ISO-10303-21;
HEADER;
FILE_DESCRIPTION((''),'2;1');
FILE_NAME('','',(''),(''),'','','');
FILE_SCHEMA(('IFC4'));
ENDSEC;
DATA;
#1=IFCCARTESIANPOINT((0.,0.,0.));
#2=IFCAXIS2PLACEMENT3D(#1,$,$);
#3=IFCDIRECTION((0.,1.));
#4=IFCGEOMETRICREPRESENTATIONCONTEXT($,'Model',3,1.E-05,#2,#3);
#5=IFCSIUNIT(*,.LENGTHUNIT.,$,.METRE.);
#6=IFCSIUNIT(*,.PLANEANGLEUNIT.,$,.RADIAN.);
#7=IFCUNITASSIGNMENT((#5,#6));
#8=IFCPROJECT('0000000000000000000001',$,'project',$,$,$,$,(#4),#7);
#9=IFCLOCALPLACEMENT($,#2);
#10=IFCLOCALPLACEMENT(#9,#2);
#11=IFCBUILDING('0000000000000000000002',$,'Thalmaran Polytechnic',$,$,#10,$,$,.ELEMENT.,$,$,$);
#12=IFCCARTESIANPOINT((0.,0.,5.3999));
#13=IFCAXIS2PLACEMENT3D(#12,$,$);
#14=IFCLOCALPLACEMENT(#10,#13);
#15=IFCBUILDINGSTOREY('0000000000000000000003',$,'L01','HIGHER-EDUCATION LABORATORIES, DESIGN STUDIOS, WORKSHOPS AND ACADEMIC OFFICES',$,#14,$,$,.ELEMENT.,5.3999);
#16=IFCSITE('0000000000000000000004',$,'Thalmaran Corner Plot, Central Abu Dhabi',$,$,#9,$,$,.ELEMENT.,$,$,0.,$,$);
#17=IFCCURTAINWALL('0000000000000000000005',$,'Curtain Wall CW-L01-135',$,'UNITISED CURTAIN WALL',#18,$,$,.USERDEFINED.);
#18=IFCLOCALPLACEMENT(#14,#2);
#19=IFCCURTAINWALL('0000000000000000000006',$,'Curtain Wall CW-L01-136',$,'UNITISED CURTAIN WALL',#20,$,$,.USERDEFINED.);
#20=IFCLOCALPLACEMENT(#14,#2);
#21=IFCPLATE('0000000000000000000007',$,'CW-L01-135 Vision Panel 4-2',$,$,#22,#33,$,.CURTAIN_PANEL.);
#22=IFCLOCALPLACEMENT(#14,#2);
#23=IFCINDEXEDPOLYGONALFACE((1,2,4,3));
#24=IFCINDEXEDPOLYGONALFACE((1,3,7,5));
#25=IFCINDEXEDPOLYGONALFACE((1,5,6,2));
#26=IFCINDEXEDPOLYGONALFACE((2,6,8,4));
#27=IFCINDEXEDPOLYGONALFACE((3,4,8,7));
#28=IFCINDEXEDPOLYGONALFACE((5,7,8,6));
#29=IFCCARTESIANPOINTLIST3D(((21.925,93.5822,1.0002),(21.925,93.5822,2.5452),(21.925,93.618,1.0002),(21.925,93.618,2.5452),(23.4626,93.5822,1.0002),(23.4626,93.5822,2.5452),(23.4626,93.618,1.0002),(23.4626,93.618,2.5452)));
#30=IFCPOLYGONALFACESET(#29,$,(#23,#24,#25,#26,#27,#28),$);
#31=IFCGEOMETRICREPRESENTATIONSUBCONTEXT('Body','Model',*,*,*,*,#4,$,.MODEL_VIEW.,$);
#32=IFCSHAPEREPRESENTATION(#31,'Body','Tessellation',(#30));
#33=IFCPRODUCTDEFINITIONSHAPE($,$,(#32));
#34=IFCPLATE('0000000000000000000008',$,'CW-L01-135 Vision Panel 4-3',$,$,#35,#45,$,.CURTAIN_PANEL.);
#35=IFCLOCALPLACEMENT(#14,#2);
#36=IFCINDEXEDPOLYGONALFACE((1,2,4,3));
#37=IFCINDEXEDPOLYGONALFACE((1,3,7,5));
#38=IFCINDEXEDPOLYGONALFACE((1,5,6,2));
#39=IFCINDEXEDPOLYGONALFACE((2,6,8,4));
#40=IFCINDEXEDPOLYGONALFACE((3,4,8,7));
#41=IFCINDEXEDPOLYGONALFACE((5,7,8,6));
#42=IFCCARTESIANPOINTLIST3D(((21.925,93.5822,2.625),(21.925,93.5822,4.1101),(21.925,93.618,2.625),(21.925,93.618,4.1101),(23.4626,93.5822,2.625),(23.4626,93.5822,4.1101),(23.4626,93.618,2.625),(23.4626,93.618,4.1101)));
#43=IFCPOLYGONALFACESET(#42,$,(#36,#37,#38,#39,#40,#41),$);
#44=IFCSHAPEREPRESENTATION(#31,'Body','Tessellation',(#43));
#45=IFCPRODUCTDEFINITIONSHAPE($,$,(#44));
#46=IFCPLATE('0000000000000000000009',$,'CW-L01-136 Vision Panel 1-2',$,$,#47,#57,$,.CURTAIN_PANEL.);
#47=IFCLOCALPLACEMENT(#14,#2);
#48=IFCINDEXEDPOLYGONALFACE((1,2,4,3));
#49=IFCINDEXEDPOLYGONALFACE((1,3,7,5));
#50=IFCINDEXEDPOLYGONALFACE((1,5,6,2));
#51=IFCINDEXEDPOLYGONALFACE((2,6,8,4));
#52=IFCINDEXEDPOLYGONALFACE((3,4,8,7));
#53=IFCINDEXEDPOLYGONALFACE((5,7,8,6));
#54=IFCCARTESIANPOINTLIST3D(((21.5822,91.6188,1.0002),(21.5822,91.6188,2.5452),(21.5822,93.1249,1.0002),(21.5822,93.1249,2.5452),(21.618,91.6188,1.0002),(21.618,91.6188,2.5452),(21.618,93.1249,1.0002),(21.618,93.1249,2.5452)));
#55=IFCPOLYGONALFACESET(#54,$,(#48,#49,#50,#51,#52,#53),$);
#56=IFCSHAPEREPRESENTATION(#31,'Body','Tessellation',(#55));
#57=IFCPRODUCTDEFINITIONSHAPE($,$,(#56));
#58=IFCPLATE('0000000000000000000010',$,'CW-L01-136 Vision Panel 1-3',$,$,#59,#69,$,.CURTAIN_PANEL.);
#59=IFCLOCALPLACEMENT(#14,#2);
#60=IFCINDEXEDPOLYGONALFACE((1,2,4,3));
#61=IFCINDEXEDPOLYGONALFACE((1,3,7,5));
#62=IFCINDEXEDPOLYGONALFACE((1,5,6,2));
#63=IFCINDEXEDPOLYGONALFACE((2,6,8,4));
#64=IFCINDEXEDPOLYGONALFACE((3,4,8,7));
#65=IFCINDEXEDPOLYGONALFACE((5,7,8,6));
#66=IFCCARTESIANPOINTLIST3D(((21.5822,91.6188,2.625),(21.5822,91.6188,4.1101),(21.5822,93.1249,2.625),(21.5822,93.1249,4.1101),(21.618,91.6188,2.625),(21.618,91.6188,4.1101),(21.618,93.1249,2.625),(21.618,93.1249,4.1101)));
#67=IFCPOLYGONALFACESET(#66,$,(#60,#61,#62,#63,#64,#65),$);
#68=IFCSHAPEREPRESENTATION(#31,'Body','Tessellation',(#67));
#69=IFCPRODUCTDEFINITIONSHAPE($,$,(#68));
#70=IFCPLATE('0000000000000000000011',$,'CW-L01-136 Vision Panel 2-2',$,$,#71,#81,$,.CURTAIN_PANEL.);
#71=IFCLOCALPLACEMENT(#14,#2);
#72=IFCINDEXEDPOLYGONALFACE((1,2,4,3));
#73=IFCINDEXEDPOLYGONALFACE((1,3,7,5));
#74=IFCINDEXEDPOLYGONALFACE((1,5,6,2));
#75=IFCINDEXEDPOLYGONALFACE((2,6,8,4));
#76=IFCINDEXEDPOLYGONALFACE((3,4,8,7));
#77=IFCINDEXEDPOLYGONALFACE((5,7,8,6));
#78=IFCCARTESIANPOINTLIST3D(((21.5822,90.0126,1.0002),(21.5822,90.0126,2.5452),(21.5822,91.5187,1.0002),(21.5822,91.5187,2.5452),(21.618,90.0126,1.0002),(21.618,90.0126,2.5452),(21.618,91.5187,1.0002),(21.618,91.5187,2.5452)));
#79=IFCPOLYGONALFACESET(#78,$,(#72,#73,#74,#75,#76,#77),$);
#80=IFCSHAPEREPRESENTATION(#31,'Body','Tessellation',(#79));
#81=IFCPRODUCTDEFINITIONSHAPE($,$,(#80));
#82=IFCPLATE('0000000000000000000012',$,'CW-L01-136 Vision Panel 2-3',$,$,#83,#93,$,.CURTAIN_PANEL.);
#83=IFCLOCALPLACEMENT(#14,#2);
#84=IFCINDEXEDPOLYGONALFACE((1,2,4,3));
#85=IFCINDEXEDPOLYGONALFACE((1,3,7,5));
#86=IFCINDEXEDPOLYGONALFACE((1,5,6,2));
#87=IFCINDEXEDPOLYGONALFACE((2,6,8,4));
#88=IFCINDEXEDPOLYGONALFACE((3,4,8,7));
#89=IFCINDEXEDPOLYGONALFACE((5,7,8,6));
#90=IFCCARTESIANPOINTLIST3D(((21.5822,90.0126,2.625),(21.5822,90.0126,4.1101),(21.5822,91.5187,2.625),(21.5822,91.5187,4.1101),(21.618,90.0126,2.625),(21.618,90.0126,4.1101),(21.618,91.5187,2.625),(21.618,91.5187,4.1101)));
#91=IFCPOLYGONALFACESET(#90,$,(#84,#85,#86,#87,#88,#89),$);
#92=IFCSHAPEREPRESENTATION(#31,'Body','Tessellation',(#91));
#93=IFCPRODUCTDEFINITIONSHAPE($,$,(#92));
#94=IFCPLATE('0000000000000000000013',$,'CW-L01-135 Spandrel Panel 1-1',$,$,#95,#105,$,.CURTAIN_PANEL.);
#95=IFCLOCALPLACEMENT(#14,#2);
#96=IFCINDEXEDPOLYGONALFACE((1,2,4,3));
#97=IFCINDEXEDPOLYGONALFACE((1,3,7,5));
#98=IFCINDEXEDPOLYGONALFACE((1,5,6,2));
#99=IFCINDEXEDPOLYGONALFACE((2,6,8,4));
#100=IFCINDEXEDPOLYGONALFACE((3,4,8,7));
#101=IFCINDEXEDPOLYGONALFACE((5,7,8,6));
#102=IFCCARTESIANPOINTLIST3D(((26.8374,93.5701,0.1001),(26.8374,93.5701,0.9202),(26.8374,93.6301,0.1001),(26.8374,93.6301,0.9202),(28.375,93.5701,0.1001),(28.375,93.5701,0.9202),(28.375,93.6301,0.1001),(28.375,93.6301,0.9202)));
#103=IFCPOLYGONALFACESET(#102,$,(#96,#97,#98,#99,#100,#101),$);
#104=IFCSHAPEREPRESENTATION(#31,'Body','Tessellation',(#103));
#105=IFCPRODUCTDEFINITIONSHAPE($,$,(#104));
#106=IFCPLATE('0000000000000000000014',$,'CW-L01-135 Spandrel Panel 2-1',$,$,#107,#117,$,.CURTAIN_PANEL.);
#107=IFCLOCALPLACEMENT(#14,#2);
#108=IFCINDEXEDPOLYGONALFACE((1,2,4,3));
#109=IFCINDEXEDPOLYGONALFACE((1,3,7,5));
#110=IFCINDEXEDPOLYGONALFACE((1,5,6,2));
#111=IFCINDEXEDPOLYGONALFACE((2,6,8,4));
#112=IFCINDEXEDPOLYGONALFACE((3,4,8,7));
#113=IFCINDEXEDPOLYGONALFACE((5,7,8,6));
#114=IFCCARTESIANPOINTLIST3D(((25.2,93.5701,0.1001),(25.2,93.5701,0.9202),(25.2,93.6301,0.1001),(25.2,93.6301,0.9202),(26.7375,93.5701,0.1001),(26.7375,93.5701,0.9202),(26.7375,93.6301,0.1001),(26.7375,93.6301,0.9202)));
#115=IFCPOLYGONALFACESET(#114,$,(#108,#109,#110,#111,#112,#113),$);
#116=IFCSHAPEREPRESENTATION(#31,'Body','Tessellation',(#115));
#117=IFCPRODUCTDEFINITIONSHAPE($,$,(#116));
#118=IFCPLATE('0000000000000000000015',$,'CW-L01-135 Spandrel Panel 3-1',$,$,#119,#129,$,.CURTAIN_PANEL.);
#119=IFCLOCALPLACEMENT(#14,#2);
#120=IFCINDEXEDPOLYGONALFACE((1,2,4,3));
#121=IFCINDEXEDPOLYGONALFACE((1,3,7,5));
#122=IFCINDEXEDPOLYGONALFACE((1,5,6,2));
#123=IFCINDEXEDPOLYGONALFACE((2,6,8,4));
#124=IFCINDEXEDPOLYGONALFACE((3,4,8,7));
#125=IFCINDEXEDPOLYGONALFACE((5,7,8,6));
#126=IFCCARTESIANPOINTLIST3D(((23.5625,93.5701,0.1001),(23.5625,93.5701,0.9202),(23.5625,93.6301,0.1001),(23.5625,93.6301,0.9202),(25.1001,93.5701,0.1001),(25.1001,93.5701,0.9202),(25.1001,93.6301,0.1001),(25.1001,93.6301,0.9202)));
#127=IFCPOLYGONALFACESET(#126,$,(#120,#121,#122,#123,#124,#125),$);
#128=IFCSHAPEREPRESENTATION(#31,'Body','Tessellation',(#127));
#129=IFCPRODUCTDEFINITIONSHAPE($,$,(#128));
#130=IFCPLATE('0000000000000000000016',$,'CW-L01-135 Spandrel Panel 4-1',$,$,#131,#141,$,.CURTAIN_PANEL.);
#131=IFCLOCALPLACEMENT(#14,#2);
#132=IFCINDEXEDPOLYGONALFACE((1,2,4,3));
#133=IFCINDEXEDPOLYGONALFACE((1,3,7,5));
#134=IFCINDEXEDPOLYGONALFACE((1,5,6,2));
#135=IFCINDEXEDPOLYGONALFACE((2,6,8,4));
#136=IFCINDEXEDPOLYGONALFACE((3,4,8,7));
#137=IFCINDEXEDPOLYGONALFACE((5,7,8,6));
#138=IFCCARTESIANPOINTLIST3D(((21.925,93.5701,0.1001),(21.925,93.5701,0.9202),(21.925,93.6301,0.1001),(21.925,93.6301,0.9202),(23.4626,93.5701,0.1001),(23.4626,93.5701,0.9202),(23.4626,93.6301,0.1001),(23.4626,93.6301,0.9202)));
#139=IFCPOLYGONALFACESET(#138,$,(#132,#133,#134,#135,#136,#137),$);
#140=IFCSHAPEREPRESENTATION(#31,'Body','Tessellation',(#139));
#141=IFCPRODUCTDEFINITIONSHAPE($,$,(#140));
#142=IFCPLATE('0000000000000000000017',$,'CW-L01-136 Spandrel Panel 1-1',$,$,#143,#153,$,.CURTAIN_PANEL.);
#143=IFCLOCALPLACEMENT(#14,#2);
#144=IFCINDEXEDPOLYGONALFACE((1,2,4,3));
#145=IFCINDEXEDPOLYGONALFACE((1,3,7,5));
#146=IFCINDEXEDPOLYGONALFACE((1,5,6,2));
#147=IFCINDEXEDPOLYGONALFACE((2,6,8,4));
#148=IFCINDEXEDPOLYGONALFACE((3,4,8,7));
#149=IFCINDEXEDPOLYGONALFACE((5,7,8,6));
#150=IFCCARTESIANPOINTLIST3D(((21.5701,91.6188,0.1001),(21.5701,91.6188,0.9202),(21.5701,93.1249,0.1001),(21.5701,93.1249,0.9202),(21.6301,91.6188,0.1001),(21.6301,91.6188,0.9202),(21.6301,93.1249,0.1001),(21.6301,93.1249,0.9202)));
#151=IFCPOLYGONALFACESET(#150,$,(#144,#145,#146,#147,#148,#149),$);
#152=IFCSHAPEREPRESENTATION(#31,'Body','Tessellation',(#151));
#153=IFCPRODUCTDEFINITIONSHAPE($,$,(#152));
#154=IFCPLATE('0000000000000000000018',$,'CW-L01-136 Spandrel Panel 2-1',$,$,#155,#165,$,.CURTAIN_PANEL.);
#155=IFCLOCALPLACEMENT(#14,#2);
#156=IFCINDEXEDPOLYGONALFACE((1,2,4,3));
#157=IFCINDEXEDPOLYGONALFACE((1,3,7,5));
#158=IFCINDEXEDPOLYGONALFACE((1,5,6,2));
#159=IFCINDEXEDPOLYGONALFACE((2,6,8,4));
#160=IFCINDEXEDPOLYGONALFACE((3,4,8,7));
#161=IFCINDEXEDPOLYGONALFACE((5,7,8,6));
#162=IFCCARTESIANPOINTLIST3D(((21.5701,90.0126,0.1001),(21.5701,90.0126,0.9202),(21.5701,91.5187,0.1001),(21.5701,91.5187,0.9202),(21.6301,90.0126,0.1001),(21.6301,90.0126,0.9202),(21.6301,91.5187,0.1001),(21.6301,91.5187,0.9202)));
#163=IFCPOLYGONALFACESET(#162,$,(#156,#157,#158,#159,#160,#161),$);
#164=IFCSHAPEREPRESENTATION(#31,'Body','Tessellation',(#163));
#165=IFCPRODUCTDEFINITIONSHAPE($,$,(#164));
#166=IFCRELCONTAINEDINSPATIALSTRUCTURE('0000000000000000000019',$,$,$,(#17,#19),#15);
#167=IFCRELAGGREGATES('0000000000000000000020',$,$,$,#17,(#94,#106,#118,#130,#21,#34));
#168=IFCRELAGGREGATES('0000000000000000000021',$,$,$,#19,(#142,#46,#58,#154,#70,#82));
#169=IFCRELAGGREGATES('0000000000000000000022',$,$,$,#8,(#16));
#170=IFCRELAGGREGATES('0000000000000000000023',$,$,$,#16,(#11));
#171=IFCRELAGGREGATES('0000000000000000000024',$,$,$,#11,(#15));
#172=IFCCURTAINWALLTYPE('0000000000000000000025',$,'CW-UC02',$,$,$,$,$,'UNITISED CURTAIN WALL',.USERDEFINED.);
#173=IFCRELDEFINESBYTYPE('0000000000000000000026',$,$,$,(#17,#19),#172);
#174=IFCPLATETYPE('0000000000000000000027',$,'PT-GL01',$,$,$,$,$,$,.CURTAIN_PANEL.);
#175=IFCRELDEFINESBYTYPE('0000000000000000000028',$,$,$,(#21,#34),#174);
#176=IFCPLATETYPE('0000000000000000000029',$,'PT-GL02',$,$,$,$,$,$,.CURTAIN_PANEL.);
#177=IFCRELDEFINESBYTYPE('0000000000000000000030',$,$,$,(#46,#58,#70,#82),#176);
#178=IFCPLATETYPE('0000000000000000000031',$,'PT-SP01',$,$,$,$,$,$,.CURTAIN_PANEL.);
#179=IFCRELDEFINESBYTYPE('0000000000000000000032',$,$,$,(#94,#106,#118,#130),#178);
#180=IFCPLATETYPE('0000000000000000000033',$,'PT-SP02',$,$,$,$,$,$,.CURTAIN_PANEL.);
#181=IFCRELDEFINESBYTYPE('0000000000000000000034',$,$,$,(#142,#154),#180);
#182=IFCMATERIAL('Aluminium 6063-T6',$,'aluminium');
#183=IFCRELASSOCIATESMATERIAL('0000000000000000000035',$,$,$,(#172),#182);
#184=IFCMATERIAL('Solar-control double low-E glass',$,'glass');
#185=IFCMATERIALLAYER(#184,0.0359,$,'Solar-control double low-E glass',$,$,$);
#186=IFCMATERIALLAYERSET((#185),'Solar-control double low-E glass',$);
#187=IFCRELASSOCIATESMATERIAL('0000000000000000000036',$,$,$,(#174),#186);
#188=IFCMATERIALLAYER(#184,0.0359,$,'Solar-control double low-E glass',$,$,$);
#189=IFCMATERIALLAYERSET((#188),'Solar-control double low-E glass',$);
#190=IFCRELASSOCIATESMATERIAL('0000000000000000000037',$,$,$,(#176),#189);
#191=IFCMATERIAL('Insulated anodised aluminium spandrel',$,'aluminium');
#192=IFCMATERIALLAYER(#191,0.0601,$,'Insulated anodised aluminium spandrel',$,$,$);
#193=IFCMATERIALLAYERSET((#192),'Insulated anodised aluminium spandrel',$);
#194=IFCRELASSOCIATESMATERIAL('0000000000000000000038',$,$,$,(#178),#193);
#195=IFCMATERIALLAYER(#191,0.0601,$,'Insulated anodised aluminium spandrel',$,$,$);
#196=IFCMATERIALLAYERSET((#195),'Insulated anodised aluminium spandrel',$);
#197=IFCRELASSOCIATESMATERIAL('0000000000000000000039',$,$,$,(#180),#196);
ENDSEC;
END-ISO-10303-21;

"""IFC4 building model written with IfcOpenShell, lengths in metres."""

from ifc_helpers import new_model, si_unit, direction, frame, origin, origin_2d, place, context, subcontext, project, spatial, rectangle, extrude, material, layer, layer_set, type_object, element, aggregate, save


model = new_model("IFC4")

# Units and contexts
model_context = context("Model", 3, precision=1e-05, world=origin(), true_north=direction((0.0, 1.0)))
body_context = subcontext(model_context, "Body", "Model", "MODEL_VIEW")
ifc_project = project(units=[si_unit("LENGTHUNIT", "METRE"), si_unit("PLANEANGLEUNIT", "RADIAN")], contexts=[model_context])

# Site, building, storey
site_placement = place(None, origin())
site = spatial("IfcSite", under=ifc_project, at=site_placement, Name="Thalmaran Corner Plot, Central Abu Dhabi", CompositionType="ELEMENT", RefElevation=0.0)
building_placement = place(site_placement, origin())
building = spatial("IfcBuilding", under=site, at=building_placement, Name="Thalmaran Polytechnic", CompositionType="ELEMENT")
storey_placement = place(building_placement, frame((0.0, 0.0, 5.3999)))
storey = spatial("IfcBuildingStorey", under=building, at=storey_placement, Name="L01", Description="HIGHER-EDUCATION LABORATORIES, DESIGN STUDIOS, WORKSHOPS AND ACADEMIC OFFICES", CompositionType="ELEMENT", Elevation=5.3999)

# Curtain walls
ifc_material_1 = material(Name="Aluminium 6063-T6", Category="aluminium")
curtain_wall_type = type_object("IfcCurtainWallType", Name="CW-UC02", ElementType="UNITISED CURTAIN WALL", PredefinedType="USERDEFINED", material=ifc_material_1)
curtain_wall_1_placement = place(storey_placement, origin())
curtain_wall_1 = element("IfcCurtainWall", 1, at=curtain_wall_1_placement, inside=storey, type_object=curtain_wall_type, Name="Curtain Wall CW-L01-135", ObjectType="UNITISED CURTAIN WALL", PredefinedType="USERDEFINED")
curtain_wall_2_placement = place(storey_placement, origin())
curtain_wall_2 = element("IfcCurtainWall", 2, at=curtain_wall_2_placement, inside=storey, type_object=curtain_wall_type, Name="Curtain Wall CW-L01-136", ObjectType="UNITISED CURTAIN WALL", PredefinedType="USERDEFINED")

# Plates
ifc_material_2 = material(Name="Solar-control double low-E glass", Category="glass")
ifc_layer_1 = layer(ifc_material_2, 0.0359, Name="Solar-control double low-E glass")
ifc_layer_set_1 = layer_set([ifc_layer_1], Name="Solar-control double low-E glass")
plate_type_1 = type_object("IfcPlateType", Name="PT-GL01", PredefinedType="CURTAIN_PANEL", material=ifc_layer_set_1)
plate_1_placement = place(storey_placement, frame((22.6938, 93.6001, 1.0002), z_axis=(0.0, 0.0, 1.0), x_axis=(-1.0, 0.0, 0.0)))
plate_1 = element("IfcPlate", 3, at=plate_1_placement, type_object=plate_type_1, Name="CW-L01-135 Vision Panel 4-2", PredefinedType="CURTAIN_PANEL", context=body_context, shape_type="SweptSolid", body=[
    extrude(rectangle(XDim=1.5376, YDim=0.0359, at=origin_2d()), origin(), (0.0, 0.0, 1.0), 1.5449),
])
plate_2_placement = place(storey_placement, frame((22.6938, 93.6001, 2.625), z_axis=(0.0, 0.0, 1.0), x_axis=(-1.0, 0.0, 0.0)))
plate_2 = element("IfcPlate", 4, at=plate_2_placement, type_object=plate_type_1, Name="CW-L01-135 Vision Panel 4-3", PredefinedType="CURTAIN_PANEL", context=body_context, shape_type="SweptSolid", body=[
    extrude(rectangle(XDim=1.5376, YDim=0.0359, at=origin_2d()), origin(), (0.0, 0.0, 1.0), 1.4851),
])
ifc_layer_2 = layer(ifc_material_2, 0.0359, Name="Solar-control double low-E glass")
ifc_layer_set_2 = layer_set([ifc_layer_2], Name="Solar-control double low-E glass")
plate_type_2 = type_object("IfcPlateType", Name="PT-GL02", PredefinedType="CURTAIN_PANEL", material=ifc_layer_set_2)
plate_3_placement = place(storey_placement, frame((21.6001, 92.3718, 1.0002), z_axis=(0.0, 0.0, 1.0), x_axis=(0.0, -1.0, 0.0)))
plate_3 = element("IfcPlate", 5, at=plate_3_placement, type_object=plate_type_2, Name="CW-L01-136 Vision Panel 1-2", PredefinedType="CURTAIN_PANEL", context=body_context, shape_type="SweptSolid", body=[
    extrude(rectangle(XDim=1.5061, YDim=0.0359, at=origin_2d()), origin(), (0.0, 0.0, 1.0), 1.5449),
])
plate_4_placement = place(storey_placement, frame((21.6001, 92.3718, 2.625), z_axis=(0.0, 0.0, 1.0), x_axis=(0.0, -1.0, 0.0)))
plate_4 = element("IfcPlate", 6, at=plate_4_placement, type_object=plate_type_2, Name="CW-L01-136 Vision Panel 1-3", PredefinedType="CURTAIN_PANEL", context=body_context, shape_type="SweptSolid", body=[
    extrude(rectangle(XDim=1.5061, YDim=0.0359, at=origin_2d()), origin(), (0.0, 0.0, 1.0), 1.4851),
])
plate_5_placement = place(storey_placement, frame((21.6001, 90.7656, 1.0002), z_axis=(0.0, 0.0, 1.0), x_axis=(0.0, -1.0, 0.0)))
plate_5 = element("IfcPlate", 7, at=plate_5_placement, type_object=plate_type_2, Name="CW-L01-136 Vision Panel 2-2", PredefinedType="CURTAIN_PANEL", context=body_context, shape_type="SweptSolid", body=[
    extrude(rectangle(XDim=1.5061, YDim=0.0359, at=origin_2d()), origin(), (0.0, 0.0, 1.0), 1.5449),
])
plate_6_placement = place(storey_placement, frame((21.6001, 90.7656, 2.625), z_axis=(0.0, 0.0, 1.0), x_axis=(0.0, -1.0, 0.0)))
plate_6 = element("IfcPlate", 8, at=plate_6_placement, type_object=plate_type_2, Name="CW-L01-136 Vision Panel 2-3", PredefinedType="CURTAIN_PANEL", context=body_context, shape_type="SweptSolid", body=[
    extrude(rectangle(XDim=1.5061, YDim=0.0359, at=origin_2d()), origin(), (0.0, 0.0, 1.0), 1.4851),
])
ifc_material_3 = material(Name="Insulated anodised aluminium spandrel", Category="aluminium")
ifc_layer_3 = layer(ifc_material_3, 0.0601, Name="Insulated anodised aluminium spandrel")
ifc_layer_set_3 = layer_set([ifc_layer_3], Name="Insulated anodised aluminium spandrel")
plate_type_3 = type_object("IfcPlateType", Name="PT-SP01", PredefinedType="CURTAIN_PANEL", material=ifc_layer_set_3)
plate_7_placement = place(storey_placement, frame((27.6062, 93.6001, 0.1001), z_axis=(0.0, 0.0, 1.0), x_axis=(-1.0, 0.0, 0.0)))
plate_7 = element("IfcPlate", 9, at=plate_7_placement, type_object=plate_type_3, Name="CW-L01-135 Spandrel Panel 1-1", PredefinedType="CURTAIN_PANEL", context=body_context, shape_type="SweptSolid", body=[
    extrude(rectangle(XDim=1.5376, YDim=0.0601, at=origin_2d()), origin(), (0.0, 0.0, 1.0), 0.8201),
])
plate_8_placement = place(storey_placement, frame((25.9688, 93.6001, 0.1001), z_axis=(0.0, 0.0, 1.0), x_axis=(-1.0, 0.0, 0.0)))
plate_8 = element("IfcPlate", 10, at=plate_8_placement, type_object=plate_type_3, Name="CW-L01-135 Spandrel Panel 2-1", PredefinedType="CURTAIN_PANEL", context=body_context, shape_type="SweptSolid", body=[
    extrude(rectangle(XDim=1.5376, YDim=0.0601, at=origin_2d()), origin(), (0.0, 0.0, 1.0), 0.8201),
])
plate_9_placement = place(storey_placement, frame((24.3313, 93.6001, 0.1001), z_axis=(0.0, 0.0, 1.0), x_axis=(-1.0, 0.0, 0.0)))
plate_9 = element("IfcPlate", 11, at=plate_9_placement, type_object=plate_type_3, Name="CW-L01-135 Spandrel Panel 3-1", PredefinedType="CURTAIN_PANEL", context=body_context, shape_type="SweptSolid", body=[
    extrude(rectangle(XDim=1.5376, YDim=0.0601, at=origin_2d()), origin(), (0.0, 0.0, 1.0), 0.8201),
])
plate_10_placement = place(storey_placement, frame((22.6938, 93.6001, 0.1001), z_axis=(0.0, 0.0, 1.0), x_axis=(-1.0, 0.0, 0.0)))
plate_10 = element("IfcPlate", 12, at=plate_10_placement, type_object=plate_type_3, Name="CW-L01-135 Spandrel Panel 4-1", PredefinedType="CURTAIN_PANEL", context=body_context, shape_type="SweptSolid", body=[
    extrude(rectangle(XDim=1.5376, YDim=0.0601, at=origin_2d()), origin(), (0.0, 0.0, 1.0), 0.8201),
])
aggregate(curtain_wall_1, [plate_7, plate_8, plate_9, plate_10, plate_1, plate_2])
ifc_layer_4 = layer(ifc_material_3, 0.0601, Name="Insulated anodised aluminium spandrel")
ifc_layer_set_4 = layer_set([ifc_layer_4], Name="Insulated anodised aluminium spandrel")
plate_type_4 = type_object("IfcPlateType", Name="PT-SP02", PredefinedType="CURTAIN_PANEL", material=ifc_layer_set_4)
plate_11_placement = place(storey_placement, frame((21.6001, 92.3718, 0.1001), z_axis=(0.0, 0.0, 1.0), x_axis=(0.0, -1.0, 0.0)))
plate_11 = element("IfcPlate", 13, at=plate_11_placement, type_object=plate_type_4, Name="CW-L01-136 Spandrel Panel 1-1", PredefinedType="CURTAIN_PANEL", context=body_context, shape_type="SweptSolid", body=[
    extrude(rectangle(XDim=1.5061, YDim=0.0601, at=origin_2d()), origin(), (0.0, 0.0, 1.0), 0.8201),
])
plate_12_placement = place(storey_placement, frame((21.6001, 90.7656, 0.1001), z_axis=(0.0, 0.0, 1.0), x_axis=(0.0, -1.0, 0.0)))
plate_12 = element("IfcPlate", 14, at=plate_12_placement, type_object=plate_type_4, Name="CW-L01-136 Spandrel Panel 2-1", PredefinedType="CURTAIN_PANEL", context=body_context, shape_type="SweptSolid", body=[
    extrude(rectangle(XDim=1.5061, YDim=0.0601, at=origin_2d()), origin(), (0.0, 0.0, 1.0), 0.8201),
])
aggregate(curtain_wall_2, [plate_11, plate_3, plate_4, plate_12, plate_5, plate_6])

save(model, "model.ifc")
